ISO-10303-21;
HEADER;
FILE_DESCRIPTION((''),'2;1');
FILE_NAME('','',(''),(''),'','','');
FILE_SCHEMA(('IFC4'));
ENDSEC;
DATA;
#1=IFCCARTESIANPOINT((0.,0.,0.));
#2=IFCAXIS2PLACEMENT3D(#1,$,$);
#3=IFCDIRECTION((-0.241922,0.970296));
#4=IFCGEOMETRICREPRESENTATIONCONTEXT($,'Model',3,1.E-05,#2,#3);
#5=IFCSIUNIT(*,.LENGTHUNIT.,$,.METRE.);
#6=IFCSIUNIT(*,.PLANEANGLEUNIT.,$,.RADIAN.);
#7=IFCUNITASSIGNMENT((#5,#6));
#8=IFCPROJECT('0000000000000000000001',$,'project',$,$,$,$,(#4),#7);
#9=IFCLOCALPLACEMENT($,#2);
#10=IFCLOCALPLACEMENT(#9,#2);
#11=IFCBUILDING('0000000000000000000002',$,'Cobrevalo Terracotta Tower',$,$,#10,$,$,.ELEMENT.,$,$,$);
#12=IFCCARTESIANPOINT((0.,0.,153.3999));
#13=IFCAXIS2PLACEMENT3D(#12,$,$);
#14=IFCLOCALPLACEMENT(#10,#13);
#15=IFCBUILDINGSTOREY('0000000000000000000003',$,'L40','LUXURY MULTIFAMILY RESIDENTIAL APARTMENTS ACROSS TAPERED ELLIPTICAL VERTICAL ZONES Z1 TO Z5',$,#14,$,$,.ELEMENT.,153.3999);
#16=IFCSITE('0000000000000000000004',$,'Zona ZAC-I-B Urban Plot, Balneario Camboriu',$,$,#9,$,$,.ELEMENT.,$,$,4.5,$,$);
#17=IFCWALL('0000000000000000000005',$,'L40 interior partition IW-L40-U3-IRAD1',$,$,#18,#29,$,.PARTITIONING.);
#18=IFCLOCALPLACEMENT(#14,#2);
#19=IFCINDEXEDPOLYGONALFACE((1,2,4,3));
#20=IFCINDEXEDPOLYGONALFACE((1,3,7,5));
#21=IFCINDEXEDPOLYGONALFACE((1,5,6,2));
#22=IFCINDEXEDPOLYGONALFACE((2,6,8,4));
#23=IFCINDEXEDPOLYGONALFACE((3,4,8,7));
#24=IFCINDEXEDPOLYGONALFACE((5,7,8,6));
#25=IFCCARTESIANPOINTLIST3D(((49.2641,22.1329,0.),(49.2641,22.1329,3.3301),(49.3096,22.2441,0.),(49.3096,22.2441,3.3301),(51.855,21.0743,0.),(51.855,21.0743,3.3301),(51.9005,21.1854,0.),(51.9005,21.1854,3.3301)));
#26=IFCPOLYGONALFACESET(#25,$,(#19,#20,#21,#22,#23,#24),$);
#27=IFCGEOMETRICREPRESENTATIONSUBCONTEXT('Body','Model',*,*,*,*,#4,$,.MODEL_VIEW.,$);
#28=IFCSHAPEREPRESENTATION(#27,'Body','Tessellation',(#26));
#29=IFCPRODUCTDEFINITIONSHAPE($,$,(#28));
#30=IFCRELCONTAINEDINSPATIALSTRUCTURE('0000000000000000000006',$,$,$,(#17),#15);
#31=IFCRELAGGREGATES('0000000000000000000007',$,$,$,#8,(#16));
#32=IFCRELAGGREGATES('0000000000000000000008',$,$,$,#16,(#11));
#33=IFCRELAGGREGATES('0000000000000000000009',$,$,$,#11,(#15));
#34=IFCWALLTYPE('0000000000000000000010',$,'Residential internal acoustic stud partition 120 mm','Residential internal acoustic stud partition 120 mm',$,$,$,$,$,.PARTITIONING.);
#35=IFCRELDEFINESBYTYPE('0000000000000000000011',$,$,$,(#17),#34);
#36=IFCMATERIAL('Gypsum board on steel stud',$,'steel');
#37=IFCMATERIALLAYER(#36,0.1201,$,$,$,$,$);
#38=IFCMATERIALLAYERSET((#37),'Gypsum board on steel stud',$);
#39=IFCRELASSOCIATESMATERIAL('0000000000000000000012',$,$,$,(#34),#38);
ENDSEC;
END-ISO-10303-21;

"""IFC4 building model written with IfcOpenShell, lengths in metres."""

from ifc_helpers import new_model, si_unit, direction, frame, frame_2d, origin, place, context, subcontext, project, spatial, rectangle, extrude, material, layer, layer_set, type_object, element, save


model = new_model("IFC4")

# Units and contexts
model_context = context("Model", 3, precision=1e-05, world=origin(), true_north=direction((-0.241922, 0.970296)))
body_context = subcontext(model_context, "Body", "Model", "MODEL_VIEW")
ifc_project = project(units=[si_unit("LENGTHUNIT", "METRE"), si_unit("PLANEANGLEUNIT", "RADIAN")], contexts=[model_context])

# Site, building, storey
site_placement = place(None, origin())
site = spatial("IfcSite", under=ifc_project, at=site_placement, Name="Zona ZAC-I-B Urban Plot, Balneario Camboriu", CompositionType="ELEMENT", RefElevation=4.5)
building_placement = place(site_placement, origin())
building = spatial("IfcBuilding", under=site, at=building_placement, Name="Cobrevalo Terracotta Tower", CompositionType="ELEMENT")
storey_placement = place(building_placement, frame((0.0, 0.0, 153.3999)))
storey = spatial("IfcBuildingStorey", under=building, at=storey_placement, Name="L40", Description="LUXURY MULTIFAMILY RESIDENTIAL APARTMENTS ACROSS TAPERED ELLIPTICAL VERTICAL ZONES Z1 TO Z5", CompositionType="ELEMENT", Elevation=153.3999)

# Shared definitions
ifc_material_1 = material(Name="Gypsum board on steel stud", Category="steel")

# Wall
ifc_layer_1 = layer(ifc_material_1, 0.1201)
ifc_layer_set_1 = layer_set([ifc_layer_1], Name="Gypsum board on steel stud")
wall_type_1 = type_object("IfcWallType", Name="Residential internal acoustic stud partition 120 mm", Description="Residential internal acoustic stud partition 120 mm", PredefinedType="PARTITIONING", material=ifc_layer_set_1)
wall_1_placement = place(storey_placement, frame((49.2869, 22.1885, 0.0), z_axis=(0.0, 0.0, 1.0), x_axis=(0.925708, -0.378239, 0.0)))
element("IfcWall", 1, at=wall_1_placement, inside=storey, type_object=wall_type_1, Name="L40 interior partition IW-L40-U3-IRAD1", PredefinedType="PARTITIONING", context=body_context, shape_type="SweptSolid", body=[
    extrude(rectangle(XDim=2.7988, YDim=0.1201, at=frame_2d((1.3994, 0.0))), origin(), (0.0, 0.0, 1.0), 3.3301),
])

save(model, "model.ifc")
